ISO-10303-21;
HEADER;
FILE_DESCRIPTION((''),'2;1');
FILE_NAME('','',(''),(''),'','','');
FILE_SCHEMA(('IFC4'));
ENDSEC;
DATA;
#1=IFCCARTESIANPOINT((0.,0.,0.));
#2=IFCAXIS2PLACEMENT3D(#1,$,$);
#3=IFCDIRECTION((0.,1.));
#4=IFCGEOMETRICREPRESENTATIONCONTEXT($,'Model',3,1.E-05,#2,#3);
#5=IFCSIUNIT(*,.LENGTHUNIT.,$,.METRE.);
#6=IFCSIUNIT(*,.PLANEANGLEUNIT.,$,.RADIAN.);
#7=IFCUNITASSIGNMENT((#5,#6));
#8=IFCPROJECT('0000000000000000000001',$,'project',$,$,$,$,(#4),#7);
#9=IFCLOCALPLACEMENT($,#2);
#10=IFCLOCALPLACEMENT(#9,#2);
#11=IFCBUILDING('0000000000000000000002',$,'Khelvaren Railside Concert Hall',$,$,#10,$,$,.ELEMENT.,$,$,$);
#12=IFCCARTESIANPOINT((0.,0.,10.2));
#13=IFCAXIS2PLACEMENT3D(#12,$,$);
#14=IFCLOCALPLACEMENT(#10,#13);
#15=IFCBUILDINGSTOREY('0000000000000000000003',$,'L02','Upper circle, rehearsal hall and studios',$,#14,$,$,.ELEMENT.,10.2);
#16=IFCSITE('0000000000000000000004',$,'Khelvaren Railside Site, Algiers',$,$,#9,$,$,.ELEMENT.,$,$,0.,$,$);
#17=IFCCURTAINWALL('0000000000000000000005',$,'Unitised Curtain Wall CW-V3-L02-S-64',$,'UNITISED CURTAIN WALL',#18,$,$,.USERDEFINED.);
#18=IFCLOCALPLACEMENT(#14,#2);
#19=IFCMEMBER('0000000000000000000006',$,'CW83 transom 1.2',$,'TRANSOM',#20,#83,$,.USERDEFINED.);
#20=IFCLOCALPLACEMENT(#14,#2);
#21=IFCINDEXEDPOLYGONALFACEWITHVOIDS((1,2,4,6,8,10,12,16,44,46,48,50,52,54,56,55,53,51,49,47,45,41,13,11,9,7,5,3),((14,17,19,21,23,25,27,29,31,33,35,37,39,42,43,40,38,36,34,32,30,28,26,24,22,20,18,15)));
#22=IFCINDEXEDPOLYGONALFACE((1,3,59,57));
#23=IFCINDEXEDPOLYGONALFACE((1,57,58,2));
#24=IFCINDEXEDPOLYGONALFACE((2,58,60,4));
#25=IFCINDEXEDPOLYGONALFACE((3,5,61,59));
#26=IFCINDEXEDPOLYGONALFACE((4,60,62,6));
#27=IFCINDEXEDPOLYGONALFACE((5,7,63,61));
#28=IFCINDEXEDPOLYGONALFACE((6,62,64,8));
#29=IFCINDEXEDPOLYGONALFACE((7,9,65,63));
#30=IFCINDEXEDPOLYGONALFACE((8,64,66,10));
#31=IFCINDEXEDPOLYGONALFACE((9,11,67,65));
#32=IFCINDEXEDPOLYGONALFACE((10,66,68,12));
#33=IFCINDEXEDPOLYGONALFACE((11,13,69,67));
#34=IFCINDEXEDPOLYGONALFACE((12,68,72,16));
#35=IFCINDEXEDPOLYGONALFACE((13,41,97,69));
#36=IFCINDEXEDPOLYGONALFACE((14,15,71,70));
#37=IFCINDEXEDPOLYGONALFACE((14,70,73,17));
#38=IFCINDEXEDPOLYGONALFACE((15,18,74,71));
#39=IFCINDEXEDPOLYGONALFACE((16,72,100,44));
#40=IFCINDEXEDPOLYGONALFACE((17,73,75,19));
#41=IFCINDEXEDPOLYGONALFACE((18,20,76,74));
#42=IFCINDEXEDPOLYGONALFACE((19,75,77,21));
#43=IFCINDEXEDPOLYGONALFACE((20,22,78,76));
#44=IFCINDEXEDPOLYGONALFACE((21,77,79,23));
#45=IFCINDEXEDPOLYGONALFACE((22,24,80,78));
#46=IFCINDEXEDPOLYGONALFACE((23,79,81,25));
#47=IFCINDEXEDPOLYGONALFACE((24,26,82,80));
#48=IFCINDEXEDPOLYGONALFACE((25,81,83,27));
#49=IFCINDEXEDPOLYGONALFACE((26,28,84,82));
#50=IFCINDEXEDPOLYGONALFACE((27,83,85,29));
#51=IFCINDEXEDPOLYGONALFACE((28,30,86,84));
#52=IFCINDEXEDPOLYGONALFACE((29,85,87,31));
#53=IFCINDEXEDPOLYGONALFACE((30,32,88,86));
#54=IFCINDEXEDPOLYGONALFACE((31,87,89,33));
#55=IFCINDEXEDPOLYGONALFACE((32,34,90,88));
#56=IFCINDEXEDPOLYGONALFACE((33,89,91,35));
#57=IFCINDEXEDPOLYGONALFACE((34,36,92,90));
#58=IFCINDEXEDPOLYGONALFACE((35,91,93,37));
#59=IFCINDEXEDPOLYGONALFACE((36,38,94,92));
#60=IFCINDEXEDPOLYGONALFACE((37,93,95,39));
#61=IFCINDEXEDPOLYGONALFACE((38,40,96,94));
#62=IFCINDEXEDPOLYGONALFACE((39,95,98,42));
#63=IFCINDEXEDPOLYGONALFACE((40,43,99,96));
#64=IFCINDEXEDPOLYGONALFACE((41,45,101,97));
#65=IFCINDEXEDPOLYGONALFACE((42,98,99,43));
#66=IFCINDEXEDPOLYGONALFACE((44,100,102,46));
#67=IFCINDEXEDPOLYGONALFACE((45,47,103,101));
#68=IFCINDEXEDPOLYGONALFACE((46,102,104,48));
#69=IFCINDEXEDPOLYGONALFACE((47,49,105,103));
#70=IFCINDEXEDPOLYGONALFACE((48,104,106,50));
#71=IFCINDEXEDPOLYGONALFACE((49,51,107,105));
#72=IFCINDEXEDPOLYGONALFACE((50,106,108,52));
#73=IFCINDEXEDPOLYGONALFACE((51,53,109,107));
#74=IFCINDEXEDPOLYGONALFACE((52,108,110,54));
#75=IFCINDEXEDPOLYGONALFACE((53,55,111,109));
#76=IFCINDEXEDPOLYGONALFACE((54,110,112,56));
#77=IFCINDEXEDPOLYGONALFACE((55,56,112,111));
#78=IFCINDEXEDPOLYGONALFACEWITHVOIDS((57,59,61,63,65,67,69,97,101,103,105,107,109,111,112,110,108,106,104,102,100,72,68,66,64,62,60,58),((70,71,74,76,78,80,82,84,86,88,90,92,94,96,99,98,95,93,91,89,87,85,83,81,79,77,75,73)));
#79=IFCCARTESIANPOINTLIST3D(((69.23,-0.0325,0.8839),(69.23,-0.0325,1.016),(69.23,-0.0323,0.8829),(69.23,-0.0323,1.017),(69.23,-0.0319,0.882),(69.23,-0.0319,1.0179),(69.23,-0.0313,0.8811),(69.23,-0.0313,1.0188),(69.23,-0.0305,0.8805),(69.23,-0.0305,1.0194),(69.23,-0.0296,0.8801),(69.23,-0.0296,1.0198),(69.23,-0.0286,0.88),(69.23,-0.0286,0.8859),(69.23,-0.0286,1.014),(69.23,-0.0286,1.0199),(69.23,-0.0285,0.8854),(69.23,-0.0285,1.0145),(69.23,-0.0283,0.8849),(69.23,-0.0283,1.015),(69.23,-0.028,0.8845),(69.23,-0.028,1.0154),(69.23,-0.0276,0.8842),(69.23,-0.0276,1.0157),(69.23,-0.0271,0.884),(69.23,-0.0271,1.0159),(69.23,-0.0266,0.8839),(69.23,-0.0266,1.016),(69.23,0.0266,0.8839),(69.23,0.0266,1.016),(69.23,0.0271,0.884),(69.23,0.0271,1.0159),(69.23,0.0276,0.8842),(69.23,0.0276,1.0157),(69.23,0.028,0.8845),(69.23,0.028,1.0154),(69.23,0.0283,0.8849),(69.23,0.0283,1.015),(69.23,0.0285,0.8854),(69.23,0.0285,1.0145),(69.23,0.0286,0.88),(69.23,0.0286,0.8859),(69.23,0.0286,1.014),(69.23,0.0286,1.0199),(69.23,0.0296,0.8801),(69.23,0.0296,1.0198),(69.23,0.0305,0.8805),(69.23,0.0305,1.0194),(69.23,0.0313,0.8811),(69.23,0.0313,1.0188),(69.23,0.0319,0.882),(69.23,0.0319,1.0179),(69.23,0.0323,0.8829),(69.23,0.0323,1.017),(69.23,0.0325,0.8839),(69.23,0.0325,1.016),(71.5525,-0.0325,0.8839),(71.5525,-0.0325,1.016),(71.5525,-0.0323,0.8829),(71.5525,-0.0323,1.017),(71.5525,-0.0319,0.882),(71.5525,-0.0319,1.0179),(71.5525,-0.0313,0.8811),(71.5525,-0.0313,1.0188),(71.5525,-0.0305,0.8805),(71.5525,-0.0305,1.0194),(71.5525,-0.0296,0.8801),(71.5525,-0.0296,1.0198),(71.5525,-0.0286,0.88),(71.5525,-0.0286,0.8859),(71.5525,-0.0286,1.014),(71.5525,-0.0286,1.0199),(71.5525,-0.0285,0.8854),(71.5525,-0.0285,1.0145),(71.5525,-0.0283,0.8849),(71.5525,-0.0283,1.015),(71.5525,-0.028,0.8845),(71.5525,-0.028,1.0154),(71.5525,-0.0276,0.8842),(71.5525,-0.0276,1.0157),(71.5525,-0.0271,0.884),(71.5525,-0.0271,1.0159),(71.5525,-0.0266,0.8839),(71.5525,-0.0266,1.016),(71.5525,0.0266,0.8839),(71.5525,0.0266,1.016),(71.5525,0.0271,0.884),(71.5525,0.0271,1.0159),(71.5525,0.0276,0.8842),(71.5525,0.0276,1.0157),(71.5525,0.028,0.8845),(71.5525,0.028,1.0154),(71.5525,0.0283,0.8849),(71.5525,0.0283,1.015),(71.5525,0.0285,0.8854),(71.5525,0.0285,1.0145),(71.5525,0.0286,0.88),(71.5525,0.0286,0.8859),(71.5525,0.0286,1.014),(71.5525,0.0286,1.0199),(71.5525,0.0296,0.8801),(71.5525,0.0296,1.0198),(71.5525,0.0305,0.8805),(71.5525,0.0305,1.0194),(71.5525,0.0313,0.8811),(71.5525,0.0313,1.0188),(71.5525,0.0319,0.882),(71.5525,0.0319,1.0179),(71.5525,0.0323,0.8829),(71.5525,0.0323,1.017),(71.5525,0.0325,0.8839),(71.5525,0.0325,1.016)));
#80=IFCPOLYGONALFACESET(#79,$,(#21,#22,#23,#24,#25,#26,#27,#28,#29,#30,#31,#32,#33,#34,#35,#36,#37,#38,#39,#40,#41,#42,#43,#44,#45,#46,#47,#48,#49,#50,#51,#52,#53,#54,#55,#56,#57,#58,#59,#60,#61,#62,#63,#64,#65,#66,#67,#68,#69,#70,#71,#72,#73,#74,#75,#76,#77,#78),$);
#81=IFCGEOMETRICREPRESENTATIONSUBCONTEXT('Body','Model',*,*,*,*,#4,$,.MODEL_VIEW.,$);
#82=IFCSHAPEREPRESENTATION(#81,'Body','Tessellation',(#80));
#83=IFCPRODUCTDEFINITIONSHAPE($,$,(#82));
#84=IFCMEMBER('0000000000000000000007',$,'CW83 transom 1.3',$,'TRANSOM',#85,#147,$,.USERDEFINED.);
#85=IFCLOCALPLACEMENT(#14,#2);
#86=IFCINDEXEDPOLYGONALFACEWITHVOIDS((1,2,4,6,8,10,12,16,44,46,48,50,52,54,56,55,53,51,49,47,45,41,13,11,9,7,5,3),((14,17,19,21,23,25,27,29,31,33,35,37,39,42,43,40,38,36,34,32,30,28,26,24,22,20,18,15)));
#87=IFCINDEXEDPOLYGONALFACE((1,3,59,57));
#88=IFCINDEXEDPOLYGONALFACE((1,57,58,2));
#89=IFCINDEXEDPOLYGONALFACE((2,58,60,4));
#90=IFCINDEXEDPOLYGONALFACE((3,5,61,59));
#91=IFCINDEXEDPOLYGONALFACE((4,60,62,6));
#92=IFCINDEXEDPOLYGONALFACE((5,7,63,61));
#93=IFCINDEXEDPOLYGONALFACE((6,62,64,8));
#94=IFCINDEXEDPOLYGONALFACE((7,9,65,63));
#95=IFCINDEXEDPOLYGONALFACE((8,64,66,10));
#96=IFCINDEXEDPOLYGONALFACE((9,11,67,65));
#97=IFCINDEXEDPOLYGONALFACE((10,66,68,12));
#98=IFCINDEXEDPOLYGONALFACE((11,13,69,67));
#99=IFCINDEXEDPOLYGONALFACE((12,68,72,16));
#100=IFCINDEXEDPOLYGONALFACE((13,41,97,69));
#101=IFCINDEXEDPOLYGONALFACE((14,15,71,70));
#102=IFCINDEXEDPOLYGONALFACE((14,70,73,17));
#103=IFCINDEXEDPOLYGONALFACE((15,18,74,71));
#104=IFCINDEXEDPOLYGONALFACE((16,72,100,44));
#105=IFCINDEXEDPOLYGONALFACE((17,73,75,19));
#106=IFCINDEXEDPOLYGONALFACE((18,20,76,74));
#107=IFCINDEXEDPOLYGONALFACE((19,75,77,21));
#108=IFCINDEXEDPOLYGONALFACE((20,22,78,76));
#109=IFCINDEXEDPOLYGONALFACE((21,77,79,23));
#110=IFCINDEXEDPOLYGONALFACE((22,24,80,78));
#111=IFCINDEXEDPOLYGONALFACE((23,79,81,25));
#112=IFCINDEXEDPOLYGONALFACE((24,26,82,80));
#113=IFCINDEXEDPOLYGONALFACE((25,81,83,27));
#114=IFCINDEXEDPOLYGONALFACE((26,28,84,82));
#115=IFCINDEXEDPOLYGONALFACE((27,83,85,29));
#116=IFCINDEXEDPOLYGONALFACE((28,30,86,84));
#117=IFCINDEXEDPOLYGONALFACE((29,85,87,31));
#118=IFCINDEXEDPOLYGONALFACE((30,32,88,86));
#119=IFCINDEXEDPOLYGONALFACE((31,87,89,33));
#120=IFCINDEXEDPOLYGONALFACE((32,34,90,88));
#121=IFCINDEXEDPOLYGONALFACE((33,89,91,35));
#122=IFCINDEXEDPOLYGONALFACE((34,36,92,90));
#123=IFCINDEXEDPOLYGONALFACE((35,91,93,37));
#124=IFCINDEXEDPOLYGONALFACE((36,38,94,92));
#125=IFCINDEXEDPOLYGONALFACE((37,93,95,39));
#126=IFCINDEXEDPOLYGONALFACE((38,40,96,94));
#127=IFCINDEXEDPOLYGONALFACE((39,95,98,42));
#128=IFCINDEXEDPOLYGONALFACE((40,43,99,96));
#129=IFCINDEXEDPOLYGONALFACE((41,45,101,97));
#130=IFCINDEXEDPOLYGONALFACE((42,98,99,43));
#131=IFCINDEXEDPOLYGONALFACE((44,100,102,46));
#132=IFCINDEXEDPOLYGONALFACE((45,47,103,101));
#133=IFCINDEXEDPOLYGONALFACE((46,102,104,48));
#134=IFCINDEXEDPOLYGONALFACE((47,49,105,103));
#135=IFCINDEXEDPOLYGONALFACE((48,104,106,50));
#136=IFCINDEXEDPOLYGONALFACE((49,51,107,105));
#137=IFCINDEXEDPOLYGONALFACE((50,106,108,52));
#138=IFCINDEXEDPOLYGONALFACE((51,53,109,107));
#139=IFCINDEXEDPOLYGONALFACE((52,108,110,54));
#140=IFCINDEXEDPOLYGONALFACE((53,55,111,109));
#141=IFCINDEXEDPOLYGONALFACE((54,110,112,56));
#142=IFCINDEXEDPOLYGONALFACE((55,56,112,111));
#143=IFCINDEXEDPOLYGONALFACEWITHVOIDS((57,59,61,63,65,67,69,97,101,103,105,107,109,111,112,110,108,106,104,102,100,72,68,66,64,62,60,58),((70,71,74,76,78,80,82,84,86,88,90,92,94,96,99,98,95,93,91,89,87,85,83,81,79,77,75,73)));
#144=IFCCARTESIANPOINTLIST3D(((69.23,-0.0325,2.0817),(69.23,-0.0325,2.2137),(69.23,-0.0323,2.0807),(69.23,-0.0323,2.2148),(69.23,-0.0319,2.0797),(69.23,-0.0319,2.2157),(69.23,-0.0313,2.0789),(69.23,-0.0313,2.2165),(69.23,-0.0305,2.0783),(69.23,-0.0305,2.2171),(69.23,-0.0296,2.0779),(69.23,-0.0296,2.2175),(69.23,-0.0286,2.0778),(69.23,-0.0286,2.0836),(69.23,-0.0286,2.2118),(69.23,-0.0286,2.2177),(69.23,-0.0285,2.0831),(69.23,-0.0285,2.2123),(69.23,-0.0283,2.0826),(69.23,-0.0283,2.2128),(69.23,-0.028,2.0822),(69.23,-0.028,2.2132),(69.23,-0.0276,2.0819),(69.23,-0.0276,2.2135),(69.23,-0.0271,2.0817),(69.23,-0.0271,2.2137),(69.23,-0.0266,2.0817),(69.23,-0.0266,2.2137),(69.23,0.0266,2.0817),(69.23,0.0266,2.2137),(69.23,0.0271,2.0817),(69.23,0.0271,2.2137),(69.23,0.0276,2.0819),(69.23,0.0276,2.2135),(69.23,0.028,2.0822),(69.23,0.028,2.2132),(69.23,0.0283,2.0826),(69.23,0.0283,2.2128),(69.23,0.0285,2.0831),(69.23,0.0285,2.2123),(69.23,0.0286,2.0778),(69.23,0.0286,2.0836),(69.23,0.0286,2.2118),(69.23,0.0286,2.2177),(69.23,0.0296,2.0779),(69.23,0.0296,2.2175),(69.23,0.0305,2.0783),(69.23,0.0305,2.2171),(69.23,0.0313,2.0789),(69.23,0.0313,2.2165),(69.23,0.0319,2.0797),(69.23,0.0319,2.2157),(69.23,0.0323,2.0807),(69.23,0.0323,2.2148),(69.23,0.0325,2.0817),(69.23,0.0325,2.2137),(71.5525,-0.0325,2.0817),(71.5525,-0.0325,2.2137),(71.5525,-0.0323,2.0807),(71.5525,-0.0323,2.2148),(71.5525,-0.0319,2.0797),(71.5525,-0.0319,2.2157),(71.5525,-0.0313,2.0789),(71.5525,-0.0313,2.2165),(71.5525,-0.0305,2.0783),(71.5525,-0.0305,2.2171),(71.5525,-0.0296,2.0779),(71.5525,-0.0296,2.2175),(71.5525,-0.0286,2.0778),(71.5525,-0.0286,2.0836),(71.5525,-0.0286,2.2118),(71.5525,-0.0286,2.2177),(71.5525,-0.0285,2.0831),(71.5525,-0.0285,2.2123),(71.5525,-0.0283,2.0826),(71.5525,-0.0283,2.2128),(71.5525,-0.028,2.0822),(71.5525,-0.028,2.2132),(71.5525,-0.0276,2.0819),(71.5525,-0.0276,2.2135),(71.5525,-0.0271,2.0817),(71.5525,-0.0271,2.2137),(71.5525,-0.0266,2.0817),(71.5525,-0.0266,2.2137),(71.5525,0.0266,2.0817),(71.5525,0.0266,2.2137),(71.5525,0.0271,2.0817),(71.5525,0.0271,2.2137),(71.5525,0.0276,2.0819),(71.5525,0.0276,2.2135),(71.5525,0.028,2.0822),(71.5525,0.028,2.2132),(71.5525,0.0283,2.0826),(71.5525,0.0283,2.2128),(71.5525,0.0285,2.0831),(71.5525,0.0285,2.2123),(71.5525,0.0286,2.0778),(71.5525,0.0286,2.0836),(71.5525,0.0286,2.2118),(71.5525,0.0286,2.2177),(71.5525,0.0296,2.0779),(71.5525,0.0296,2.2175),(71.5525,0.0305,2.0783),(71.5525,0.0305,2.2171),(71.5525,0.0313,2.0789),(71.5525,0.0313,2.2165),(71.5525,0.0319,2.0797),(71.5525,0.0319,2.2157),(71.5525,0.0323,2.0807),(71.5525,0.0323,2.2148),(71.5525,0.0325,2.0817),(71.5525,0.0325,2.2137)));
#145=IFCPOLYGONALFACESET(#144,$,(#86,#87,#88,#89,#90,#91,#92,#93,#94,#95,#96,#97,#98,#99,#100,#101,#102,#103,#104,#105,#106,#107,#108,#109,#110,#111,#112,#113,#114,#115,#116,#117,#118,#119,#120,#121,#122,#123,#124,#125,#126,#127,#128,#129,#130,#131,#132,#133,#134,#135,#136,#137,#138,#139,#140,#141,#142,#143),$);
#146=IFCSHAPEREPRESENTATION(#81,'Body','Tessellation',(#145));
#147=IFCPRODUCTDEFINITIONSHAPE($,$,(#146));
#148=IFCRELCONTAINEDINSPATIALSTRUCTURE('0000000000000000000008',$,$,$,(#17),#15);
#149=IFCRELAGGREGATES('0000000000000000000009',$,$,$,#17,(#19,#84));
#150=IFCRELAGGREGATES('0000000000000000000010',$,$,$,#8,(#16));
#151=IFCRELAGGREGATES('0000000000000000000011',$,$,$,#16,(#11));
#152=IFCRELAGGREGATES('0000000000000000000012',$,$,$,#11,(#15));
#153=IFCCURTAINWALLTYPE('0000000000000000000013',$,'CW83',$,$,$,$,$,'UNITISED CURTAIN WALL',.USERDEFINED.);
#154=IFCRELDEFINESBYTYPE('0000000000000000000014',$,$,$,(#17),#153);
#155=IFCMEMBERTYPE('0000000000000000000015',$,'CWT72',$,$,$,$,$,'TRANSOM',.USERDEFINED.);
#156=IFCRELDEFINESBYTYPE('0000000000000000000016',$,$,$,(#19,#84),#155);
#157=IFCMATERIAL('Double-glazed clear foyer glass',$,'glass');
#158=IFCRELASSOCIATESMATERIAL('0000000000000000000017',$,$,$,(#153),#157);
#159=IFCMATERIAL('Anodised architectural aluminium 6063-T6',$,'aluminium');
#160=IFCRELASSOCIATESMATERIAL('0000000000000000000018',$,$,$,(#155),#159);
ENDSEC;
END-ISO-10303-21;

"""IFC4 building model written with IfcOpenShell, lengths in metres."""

from ifc_helpers import new_model, si_unit, direction, frame, origin, origin_2d, place, context, subcontext, project, spatial, hollow_rectangle, extrude, material, material_profile, profile_set, type_object, element, aggregate, save


model = new_model("IFC4")

# Units and contexts
model_context = context("Model", 3, precision=1e-05, world=origin(), true_north=direction((0.0, 1.0)))
body_context = subcontext(model_context, "Body", "Model", "MODEL_VIEW")
ifc_project = project(units=[si_unit("LENGTHUNIT", "METRE"), si_unit("PLANEANGLEUNIT", "RADIAN")], contexts=[model_context])

# Site, building, storey
site_placement = place(None, origin())
site = spatial("IfcSite", under=ifc_project, at=site_placement, Name="Khelvaren Railside Site, Algiers", CompositionType="ELEMENT", RefElevation=0.0)
building_placement = place(site_placement, origin())
building = spatial("IfcBuilding", under=site, at=building_placement, Name="Khelvaren Railside Concert Hall", CompositionType="ELEMENT")
storey_placement = place(building_placement, frame((0.0, 0.0, 10.2)))
storey = spatial("IfcBuildingStorey", under=building, at=storey_placement, Name="L02", Description="Upper circle, rehearsal hall and studios", CompositionType="ELEMENT", Elevation=10.2)

# Curtain wall, members
ifc_material_1 = material(Name="Double-glazed clear foyer glass", Category="glass")
curtain_wall_type = type_object("IfcCurtainWallType", Name="CW83", ElementType="UNITISED CURTAIN WALL", PredefinedType="USERDEFINED", material=ifc_material_1)
curtain_wall_placement = place(storey_placement, origin())
curtain_wall = element("IfcCurtainWall", 1, at=curtain_wall_placement, inside=storey, type_object=curtain_wall_type, Name="Unitised Curtain Wall CW-V3-L02-S-64", ObjectType="UNITISED CURTAIN WALL", PredefinedType="USERDEFINED")
ifc_material_2 = material(Name="Anodised architectural aluminium 6063-T6", Category="aluminium")
ifc_material_profile_1 = material_profile(ifc_material_2, hollow_rectangle(XDim=0.0649, YDim=0.1399, WallThickness=0.0039, InnerFilletRadius=0.002, OuterFilletRadius=0.0039, at=origin_2d()), Name="CWT 65x140x4")
ifc_profile_set_1 = profile_set([ifc_material_profile_1], Name="Anodised architectural aluminium 6063-T6")
member_type_1 = type_object("IfcMemberType", Name="CWT72", ElementType="TRANSOM", PredefinedType="USERDEFINED", material=ifc_profile_set_1)
member_1_placement = place(storey_placement, frame((71.5525, 0.0, 0.95), z_axis=(-1.0, 0.0, 0.0), x_axis=(0.0, -1.0, 0.0)))
member_1 = element("IfcMember", 2, at=member_1_placement, type_object=member_type_1, Name="CW83 transom 1.2", ObjectType="TRANSOM", PredefinedType="USERDEFINED", context=body_context, shape_type="SweptSolid", body=[
    extrude(hollow_rectangle(XDim=0.0649, YDim=0.1399, WallThickness=0.0039, InnerFilletRadius=0.002, OuterFilletRadius=0.0039, at=origin_2d()), origin(), (0.0, 0.0, 1.0), 2.3225),
])
member_2_placement = place(storey_placement, frame((71.5525, 0.0, 2.1477), z_axis=(-1.0, 0.0, 0.0), x_axis=(0.0, -1.0, 0.0)))
member_2 = element("IfcMember", 3, at=member_2_placement, type_object=member_type_1, Name="CW83 transom 1.3", ObjectType="TRANSOM", PredefinedType="USERDEFINED", context=body_context, shape_type="SweptSolid", body=[
    extrude(hollow_rectangle(XDim=0.0649, YDim=0.1399, WallThickness=0.0039, InnerFilletRadius=0.002, OuterFilletRadius=0.0039, at=origin_2d()), origin(), (0.0, 0.0, 1.0), 2.3225),
])

aggregate(curtain_wall, [member_1, member_2])

save(model, "model.ifc")
